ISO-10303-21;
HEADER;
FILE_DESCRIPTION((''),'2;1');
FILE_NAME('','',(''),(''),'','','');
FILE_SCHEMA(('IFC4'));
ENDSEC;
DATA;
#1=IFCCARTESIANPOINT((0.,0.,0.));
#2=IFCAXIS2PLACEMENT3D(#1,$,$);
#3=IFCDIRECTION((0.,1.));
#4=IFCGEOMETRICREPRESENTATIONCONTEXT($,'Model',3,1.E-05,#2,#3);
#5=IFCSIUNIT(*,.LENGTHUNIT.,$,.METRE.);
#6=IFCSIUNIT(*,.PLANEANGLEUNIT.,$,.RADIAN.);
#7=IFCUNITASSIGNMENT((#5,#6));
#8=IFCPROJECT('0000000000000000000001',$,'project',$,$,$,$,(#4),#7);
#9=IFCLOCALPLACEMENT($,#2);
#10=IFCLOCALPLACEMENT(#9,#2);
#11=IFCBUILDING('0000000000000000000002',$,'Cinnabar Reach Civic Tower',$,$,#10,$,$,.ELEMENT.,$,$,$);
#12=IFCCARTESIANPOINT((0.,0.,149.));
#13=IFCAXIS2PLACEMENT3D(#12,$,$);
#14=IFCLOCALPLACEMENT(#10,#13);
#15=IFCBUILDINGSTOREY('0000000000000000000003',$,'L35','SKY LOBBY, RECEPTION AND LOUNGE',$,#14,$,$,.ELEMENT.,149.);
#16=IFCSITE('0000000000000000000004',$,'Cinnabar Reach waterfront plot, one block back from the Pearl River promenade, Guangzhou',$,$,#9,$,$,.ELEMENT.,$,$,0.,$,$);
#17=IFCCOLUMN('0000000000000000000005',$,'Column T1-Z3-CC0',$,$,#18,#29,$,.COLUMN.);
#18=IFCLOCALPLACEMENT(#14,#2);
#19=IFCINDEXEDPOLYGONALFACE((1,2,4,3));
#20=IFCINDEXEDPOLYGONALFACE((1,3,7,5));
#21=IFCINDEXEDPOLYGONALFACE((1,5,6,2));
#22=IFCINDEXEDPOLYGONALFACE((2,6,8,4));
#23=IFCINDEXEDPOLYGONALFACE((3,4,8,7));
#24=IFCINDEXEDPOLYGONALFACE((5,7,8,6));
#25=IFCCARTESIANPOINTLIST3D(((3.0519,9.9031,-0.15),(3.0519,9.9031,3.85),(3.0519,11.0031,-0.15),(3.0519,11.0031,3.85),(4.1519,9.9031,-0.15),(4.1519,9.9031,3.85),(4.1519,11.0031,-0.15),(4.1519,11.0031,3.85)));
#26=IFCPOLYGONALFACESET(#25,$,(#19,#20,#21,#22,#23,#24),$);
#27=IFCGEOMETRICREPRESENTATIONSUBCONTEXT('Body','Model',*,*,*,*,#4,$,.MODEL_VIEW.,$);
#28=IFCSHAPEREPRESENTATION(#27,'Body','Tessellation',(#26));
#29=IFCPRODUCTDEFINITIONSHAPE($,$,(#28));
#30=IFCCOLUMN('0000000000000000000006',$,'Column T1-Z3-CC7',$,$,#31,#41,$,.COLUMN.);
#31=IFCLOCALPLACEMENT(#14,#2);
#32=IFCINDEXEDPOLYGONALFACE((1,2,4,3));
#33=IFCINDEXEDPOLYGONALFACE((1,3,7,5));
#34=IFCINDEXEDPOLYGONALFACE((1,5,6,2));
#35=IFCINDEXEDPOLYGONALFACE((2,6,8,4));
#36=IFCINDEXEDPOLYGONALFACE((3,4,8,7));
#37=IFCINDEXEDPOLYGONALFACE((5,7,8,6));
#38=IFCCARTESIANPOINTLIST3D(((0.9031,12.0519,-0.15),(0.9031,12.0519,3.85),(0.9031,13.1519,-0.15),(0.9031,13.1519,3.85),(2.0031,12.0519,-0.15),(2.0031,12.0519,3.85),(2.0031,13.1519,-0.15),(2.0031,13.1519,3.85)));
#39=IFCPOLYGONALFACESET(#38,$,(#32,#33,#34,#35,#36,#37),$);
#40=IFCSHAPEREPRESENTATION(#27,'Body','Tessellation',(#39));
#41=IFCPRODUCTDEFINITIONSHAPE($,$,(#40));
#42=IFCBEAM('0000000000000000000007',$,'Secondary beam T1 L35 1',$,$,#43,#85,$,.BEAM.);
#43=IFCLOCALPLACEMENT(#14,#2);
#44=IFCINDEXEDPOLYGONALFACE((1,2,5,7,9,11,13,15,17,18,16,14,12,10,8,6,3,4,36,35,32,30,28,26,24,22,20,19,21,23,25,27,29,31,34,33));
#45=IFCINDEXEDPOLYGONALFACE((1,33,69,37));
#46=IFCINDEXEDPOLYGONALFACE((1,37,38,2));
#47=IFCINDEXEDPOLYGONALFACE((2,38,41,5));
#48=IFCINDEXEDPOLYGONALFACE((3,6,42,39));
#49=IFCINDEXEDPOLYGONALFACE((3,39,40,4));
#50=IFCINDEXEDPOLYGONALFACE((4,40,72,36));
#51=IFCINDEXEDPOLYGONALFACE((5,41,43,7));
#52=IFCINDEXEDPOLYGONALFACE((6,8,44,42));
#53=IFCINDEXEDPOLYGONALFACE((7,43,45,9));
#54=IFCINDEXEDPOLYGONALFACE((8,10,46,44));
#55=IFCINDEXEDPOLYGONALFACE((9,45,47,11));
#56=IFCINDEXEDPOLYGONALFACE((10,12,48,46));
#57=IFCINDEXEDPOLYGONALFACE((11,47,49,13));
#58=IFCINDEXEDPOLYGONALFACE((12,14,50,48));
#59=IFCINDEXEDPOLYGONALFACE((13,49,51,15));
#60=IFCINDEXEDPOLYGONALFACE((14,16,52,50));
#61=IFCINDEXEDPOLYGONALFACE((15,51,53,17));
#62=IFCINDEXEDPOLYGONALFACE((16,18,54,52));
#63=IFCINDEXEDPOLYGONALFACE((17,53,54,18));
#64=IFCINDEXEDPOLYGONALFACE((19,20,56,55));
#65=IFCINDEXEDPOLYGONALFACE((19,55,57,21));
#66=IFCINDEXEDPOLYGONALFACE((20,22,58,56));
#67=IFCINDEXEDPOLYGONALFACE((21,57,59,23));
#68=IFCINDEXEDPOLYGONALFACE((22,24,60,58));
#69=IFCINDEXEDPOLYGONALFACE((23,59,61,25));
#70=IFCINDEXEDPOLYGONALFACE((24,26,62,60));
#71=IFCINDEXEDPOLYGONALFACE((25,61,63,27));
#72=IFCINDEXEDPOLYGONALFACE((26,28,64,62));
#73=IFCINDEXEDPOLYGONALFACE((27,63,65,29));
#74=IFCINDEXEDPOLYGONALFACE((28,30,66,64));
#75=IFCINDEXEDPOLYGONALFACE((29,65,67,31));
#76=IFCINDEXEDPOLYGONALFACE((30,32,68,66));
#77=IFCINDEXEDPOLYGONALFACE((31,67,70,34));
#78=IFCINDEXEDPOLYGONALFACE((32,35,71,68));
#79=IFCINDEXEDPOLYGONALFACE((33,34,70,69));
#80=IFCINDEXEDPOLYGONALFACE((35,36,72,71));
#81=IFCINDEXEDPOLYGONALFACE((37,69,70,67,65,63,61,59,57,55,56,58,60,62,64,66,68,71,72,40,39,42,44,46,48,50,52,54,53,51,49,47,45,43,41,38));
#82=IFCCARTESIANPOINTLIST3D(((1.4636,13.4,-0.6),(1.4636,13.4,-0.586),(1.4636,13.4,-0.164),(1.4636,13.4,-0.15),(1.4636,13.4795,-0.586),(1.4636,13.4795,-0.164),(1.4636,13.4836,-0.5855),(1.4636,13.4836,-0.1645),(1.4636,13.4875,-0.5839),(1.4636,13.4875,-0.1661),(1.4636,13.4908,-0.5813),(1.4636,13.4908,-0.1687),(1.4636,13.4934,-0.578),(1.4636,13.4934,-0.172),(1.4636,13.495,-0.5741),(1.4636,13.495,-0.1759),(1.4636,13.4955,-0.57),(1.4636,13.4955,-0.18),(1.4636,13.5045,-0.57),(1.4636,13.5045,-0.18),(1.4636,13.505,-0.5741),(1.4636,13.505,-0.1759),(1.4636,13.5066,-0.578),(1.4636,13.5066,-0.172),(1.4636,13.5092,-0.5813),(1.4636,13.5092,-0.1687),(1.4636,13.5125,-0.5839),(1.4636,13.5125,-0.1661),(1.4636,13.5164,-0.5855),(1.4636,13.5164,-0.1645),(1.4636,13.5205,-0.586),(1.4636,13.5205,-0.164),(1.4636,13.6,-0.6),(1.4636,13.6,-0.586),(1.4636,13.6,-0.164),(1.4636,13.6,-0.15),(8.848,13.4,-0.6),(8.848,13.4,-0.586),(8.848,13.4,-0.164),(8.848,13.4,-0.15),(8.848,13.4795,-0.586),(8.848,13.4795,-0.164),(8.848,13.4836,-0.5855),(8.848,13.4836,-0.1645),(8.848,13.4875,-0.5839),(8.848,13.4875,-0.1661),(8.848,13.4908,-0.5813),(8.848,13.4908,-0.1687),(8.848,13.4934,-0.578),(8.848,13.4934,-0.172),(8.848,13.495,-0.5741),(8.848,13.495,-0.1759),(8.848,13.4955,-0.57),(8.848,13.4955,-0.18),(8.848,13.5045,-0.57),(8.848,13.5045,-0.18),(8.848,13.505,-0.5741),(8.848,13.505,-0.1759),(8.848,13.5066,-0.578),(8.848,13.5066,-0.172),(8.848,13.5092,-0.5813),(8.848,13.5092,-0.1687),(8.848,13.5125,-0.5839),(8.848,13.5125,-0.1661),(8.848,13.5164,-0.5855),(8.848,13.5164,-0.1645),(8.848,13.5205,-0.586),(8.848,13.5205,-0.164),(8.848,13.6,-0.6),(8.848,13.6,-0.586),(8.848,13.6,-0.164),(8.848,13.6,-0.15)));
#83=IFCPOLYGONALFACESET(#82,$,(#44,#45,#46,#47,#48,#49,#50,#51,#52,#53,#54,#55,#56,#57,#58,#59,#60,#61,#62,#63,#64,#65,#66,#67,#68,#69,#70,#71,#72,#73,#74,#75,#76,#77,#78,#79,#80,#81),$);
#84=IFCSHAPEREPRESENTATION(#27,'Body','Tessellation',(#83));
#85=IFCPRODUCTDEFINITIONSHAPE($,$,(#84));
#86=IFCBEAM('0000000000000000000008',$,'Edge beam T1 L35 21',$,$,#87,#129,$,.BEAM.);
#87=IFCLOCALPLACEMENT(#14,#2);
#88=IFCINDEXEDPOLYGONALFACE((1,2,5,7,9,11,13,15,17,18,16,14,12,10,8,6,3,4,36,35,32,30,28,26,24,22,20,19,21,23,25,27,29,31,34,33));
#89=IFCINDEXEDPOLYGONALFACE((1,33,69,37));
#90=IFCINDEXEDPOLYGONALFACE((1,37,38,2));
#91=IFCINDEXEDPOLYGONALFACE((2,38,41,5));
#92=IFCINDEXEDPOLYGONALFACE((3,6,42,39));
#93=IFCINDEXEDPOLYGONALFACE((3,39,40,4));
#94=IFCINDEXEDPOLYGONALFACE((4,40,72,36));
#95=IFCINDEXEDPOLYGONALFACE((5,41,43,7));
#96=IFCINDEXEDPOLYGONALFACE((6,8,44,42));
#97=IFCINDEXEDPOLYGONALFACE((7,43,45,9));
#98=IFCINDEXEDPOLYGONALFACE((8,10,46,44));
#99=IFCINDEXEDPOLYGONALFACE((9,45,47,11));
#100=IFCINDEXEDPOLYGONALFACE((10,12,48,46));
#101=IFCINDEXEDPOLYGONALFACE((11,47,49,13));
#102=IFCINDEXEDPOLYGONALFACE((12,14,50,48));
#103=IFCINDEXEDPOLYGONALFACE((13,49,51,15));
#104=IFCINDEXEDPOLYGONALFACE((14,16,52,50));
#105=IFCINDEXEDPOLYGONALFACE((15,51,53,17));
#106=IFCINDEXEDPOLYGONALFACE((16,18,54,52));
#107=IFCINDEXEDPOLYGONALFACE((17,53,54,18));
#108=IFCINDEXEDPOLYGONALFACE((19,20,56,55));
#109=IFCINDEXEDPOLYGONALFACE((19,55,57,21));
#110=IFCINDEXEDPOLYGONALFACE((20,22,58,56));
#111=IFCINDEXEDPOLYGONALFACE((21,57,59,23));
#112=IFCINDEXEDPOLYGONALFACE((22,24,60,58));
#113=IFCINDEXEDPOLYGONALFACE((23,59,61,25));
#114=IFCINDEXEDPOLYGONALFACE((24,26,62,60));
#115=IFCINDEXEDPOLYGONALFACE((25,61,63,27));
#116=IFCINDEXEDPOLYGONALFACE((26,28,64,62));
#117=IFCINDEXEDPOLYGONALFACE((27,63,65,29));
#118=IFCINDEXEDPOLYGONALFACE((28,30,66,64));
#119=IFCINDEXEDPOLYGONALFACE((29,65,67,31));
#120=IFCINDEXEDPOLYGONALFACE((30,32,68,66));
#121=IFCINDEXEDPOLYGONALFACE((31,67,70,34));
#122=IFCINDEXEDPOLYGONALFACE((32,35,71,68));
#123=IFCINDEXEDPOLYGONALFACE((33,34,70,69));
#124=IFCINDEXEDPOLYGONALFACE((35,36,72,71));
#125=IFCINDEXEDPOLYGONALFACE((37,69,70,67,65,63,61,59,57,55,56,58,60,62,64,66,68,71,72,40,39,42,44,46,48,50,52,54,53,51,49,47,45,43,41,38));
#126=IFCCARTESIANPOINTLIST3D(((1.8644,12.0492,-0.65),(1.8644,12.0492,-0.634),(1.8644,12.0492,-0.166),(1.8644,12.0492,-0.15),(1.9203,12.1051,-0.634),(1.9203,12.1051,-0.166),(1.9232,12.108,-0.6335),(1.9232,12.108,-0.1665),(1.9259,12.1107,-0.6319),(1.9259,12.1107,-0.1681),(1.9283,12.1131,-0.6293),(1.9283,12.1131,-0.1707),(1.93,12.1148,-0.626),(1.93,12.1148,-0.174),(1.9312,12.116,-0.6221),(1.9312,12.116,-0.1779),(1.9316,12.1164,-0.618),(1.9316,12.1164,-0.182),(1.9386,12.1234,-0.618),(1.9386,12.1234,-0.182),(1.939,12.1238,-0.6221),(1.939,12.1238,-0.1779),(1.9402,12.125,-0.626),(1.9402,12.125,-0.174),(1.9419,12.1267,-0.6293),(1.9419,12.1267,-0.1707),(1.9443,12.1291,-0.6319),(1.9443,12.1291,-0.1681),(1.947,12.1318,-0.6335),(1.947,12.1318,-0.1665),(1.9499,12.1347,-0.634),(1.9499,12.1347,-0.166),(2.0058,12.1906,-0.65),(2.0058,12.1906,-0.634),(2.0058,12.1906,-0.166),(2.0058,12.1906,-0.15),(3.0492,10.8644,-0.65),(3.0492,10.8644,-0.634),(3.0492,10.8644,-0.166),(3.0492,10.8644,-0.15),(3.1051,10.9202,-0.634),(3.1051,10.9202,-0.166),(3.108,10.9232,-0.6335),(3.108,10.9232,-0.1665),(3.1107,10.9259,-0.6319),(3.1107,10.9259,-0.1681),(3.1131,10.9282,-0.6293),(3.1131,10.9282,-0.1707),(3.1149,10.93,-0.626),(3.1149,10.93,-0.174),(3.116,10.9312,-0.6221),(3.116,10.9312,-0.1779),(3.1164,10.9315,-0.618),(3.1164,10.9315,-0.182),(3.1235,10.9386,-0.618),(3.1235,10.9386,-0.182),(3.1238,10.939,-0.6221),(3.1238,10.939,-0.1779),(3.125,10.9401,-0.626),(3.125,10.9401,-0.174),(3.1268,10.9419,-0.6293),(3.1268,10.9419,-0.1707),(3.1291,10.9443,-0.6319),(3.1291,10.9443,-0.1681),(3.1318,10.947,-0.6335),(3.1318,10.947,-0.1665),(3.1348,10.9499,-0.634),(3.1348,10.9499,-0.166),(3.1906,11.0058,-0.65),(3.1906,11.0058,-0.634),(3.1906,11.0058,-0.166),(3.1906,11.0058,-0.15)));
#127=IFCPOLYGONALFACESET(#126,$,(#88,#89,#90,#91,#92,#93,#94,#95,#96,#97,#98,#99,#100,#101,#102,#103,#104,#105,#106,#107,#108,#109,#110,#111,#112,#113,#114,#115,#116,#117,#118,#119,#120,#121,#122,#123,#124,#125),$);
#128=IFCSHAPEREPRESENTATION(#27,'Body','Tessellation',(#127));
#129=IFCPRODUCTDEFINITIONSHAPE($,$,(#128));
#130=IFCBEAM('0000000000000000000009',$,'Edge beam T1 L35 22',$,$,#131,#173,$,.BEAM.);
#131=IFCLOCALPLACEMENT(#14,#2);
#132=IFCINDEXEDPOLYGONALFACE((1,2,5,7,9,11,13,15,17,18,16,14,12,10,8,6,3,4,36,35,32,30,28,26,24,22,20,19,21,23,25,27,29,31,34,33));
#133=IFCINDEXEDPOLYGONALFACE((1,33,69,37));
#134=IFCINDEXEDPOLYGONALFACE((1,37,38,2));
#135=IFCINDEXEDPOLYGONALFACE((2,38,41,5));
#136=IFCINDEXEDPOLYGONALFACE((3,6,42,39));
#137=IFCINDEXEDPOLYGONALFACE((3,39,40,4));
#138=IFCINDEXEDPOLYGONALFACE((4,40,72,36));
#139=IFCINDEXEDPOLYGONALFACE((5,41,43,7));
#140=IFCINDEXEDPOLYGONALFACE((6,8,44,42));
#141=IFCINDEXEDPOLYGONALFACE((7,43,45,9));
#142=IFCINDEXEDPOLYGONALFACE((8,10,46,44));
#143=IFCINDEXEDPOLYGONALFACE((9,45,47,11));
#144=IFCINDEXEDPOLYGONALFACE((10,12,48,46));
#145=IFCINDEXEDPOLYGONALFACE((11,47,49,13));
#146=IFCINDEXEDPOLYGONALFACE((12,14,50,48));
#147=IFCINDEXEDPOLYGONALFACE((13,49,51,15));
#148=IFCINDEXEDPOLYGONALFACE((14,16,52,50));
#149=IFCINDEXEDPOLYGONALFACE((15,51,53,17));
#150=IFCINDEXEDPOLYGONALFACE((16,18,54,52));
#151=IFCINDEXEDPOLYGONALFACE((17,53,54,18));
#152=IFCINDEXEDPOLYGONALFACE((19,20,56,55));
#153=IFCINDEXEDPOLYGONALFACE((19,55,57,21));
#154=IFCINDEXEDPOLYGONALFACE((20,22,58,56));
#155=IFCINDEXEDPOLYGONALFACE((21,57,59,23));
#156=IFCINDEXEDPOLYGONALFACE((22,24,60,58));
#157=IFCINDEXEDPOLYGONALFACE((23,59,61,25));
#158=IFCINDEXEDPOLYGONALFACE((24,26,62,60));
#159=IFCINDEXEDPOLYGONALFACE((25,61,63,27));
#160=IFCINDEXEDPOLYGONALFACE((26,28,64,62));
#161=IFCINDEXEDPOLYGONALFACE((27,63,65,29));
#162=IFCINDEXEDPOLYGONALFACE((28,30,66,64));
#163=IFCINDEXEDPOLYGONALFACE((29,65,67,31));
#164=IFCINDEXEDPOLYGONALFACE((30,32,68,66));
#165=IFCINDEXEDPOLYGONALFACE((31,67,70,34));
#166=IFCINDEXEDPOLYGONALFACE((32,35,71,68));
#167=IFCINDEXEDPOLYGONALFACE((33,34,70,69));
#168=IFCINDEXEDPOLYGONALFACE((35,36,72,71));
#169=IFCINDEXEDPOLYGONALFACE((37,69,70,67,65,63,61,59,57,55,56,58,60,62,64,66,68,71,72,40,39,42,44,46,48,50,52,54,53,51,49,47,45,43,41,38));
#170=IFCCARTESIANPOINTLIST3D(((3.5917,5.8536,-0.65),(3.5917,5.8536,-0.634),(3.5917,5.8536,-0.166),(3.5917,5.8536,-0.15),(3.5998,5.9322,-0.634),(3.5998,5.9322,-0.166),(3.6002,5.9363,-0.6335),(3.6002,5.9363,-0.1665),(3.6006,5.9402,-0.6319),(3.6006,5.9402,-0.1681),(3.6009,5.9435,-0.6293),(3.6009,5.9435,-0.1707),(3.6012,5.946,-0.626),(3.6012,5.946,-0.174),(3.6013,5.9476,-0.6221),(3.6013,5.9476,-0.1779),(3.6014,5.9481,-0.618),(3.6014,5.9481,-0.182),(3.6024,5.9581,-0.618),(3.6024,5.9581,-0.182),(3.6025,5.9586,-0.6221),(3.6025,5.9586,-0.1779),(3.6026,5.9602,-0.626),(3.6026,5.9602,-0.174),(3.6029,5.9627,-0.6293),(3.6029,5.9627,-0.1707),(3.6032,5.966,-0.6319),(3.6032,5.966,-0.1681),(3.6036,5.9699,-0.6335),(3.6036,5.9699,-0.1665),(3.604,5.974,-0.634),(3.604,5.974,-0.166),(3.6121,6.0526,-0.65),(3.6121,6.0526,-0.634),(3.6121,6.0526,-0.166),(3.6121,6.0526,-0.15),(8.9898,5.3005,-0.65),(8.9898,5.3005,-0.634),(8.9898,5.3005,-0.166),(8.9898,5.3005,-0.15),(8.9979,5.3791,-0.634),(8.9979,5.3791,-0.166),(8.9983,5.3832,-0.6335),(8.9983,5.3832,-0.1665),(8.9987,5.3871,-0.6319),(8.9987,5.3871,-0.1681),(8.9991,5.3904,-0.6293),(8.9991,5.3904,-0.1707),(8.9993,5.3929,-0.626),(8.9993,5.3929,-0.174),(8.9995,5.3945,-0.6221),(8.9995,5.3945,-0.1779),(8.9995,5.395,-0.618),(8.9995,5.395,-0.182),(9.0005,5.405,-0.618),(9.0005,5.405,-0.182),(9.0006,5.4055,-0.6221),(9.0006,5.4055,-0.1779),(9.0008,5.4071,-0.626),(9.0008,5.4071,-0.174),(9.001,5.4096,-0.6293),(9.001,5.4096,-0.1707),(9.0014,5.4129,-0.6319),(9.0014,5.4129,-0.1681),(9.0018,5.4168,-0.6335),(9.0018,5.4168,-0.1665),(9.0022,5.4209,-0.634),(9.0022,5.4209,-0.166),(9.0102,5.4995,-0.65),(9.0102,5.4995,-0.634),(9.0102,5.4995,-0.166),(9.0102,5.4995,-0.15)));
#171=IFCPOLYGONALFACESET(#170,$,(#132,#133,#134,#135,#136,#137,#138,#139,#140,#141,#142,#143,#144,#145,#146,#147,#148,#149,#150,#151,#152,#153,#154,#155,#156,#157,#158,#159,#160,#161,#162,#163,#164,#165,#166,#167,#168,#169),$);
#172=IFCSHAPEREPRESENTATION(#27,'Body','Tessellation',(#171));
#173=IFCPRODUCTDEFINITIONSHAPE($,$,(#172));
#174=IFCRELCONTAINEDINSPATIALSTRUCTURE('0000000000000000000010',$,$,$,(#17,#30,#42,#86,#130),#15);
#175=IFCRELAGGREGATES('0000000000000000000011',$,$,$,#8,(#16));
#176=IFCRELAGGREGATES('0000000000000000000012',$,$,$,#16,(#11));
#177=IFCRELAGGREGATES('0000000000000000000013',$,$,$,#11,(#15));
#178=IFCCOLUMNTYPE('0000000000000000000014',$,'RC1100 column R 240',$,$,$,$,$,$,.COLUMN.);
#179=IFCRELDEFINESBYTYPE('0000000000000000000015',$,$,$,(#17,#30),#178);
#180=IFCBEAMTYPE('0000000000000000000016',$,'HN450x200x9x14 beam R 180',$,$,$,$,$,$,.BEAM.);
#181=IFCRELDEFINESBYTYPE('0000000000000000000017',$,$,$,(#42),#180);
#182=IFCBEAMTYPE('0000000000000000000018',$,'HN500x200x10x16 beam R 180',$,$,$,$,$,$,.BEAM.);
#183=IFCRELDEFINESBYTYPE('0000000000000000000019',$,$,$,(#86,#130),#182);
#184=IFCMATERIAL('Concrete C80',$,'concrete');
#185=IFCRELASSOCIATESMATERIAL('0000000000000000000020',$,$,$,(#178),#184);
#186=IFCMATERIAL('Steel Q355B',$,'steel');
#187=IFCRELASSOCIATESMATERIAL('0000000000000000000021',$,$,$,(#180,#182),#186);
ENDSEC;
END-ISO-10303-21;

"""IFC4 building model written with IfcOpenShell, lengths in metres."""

from ifc_helpers import new_model, si_unit, direction, frame, origin, origin_2d, place, context, subcontext, project, spatial, rectangle, i_section, extrude, material, material_profile, profile_set, type_object, element, save


model = new_model("IFC4")

# Units and contexts
model_context = context("Model", 3, precision=1e-05, world=origin(), true_north=direction((0.0, 1.0)))
body_context = subcontext(model_context, "Body", "Model", "MODEL_VIEW")
ifc_project = project(units=[si_unit("LENGTHUNIT", "METRE"), si_unit("PLANEANGLEUNIT", "RADIAN")], contexts=[model_context])

# Site, building, storey
site_placement = place(None, origin())
site = spatial("IfcSite", under=ifc_project, at=site_placement, Name="Cinnabar Reach waterfront plot, one block back from the Pearl River promenade, Guangzhou", CompositionType="ELEMENT", RefElevation=0.0)
building_placement = place(site_placement, origin())
building = spatial("IfcBuilding", under=site, at=building_placement, Name="Cinnabar Reach Civic Tower", CompositionType="ELEMENT")
storey_placement = place(building_placement, frame((0.0, 0.0, 149.0)))
storey = spatial("IfcBuildingStorey", under=building, at=storey_placement, Name="L35", Description="SKY LOBBY, RECEPTION AND LOUNGE", CompositionType="ELEMENT", Elevation=149.0)

# Columns
ifc_material_1 = material(Name="Concrete C80", Category="concrete")
ifc_material_profile_1 = material_profile(ifc_material_1, rectangle(XDim=1.1, YDim=1.1, at=origin_2d()), Name="RC1100")
ifc_profile_set_1 = profile_set([ifc_material_profile_1], Name="Concrete C80")
column_type = type_object("IfcColumnType", Name="RC1100 column R 240", PredefinedType="COLUMN", material=ifc_profile_set_1)
for number, where, z_axis, x_axis, name in (
    (1, (3.6019, 10.4531, -0.15), (0.0, 0.0, 1.0), (1.0, 0.0, 0.0), "Column T1-Z3-CC0"),
    (2, (1.4531, 12.6019, -0.15), (0.0, 0.0, 1.0), (1.0, 0.0, 0.0), "Column T1-Z3-CC7"),
):
    element("IfcColumn", number, at=place(storey_placement, frame(where, z_axis=z_axis, x_axis=x_axis)), inside=storey, type_object=column_type, Name=name, PredefinedType="COLUMN", context=body_context, shape_type="SweptSolid", body=[
        extrude(rectangle(XDim=1.1, YDim=1.1, at=origin_2d()), origin(), (0.0, 0.0, 1.0), 4.0),
    ])

# Beams
ifc_material_2 = material(Name="Steel Q355B", Category="steel")
ifc_material_profile_2 = material_profile(ifc_material_2, i_section(OverallWidth=0.2, OverallDepth=0.45, WebThickness=0.009, FlangeThickness=0.014, FilletRadius=0.016, at=origin_2d()), Name="HN450x200x9x14")
ifc_profile_set_2 = profile_set([ifc_material_profile_2], Name="Steel Q355B")
beam_type_1 = type_object("IfcBeamType", Name="HN450x200x9x14 beam R 180", PredefinedType="BEAM", material=ifc_profile_set_2)
beam_1_placement = place(storey_placement, frame((1.4636, 13.5, -0.375), z_axis=(1.0, 0.0, 0.0), x_axis=(0.0, 1.0, 0.0)))
element("IfcBeam", 3, at=beam_1_placement, inside=storey, type_object=beam_type_1, Name="Secondary beam T1 L35 1", PredefinedType="BEAM", context=body_context, shape_type="SweptSolid", body=[
    extrude(i_section(OverallWidth=0.2, OverallDepth=0.45, WebThickness=0.009, FlangeThickness=0.014, FilletRadius=0.016, at=origin_2d()), origin(), (0.0, 0.0, 1.0), 7.3844),
])
ifc_material_profile_3 = material_profile(ifc_material_2, i_section(OverallWidth=0.2, OverallDepth=0.5, WebThickness=0.01, FlangeThickness=0.016, FilletRadius=0.016, at=origin_2d()), Name="HN500x200x10x16")
ifc_profile_set_3 = profile_set([ifc_material_profile_3], Name="Steel Q355B")
beam_type_2 = type_object("IfcBeamType", Name="HN500x200x10x16 beam R 180", PredefinedType="BEAM", material=ifc_profile_set_3)
beam_2_placement = place(storey_placement, frame((1.9351, 12.1199, -0.4), z_axis=(0.707107, -0.707107, 0.0), x_axis=(0.707107, 0.707107, 0.0)))
element("IfcBeam", 4, at=beam_2_placement, inside=storey, type_object=beam_type_2, Name="Edge beam T1 L35 21", PredefinedType="BEAM", context=body_context, shape_type="SweptSolid", body=[
    extrude(i_section(OverallWidth=0.2, OverallDepth=0.5, WebThickness=0.01, FlangeThickness=0.016, FilletRadius=0.016, at=origin_2d()), origin(), (0.0, 0.0, 1.0), 1.6756),
])
beam_3_placement = place(storey_placement, frame((3.6019, 5.9531, -0.4), z_axis=(0.994792, -0.101928, 0.0), x_axis=(0.101928, 0.994792, 0.0)))
element("IfcBeam", 5, at=beam_3_placement, inside=storey, type_object=beam_type_2, Name="Edge beam T1 L35 22", PredefinedType="BEAM", context=body_context, shape_type="SweptSolid", body=[
    extrude(i_section(OverallWidth=0.2, OverallDepth=0.5, WebThickness=0.01, FlangeThickness=0.016, FilletRadius=0.016, at=origin_2d()), origin(), (0.0, 0.0, 1.0), 5.4264),
])

save(model, "model.ifc")
